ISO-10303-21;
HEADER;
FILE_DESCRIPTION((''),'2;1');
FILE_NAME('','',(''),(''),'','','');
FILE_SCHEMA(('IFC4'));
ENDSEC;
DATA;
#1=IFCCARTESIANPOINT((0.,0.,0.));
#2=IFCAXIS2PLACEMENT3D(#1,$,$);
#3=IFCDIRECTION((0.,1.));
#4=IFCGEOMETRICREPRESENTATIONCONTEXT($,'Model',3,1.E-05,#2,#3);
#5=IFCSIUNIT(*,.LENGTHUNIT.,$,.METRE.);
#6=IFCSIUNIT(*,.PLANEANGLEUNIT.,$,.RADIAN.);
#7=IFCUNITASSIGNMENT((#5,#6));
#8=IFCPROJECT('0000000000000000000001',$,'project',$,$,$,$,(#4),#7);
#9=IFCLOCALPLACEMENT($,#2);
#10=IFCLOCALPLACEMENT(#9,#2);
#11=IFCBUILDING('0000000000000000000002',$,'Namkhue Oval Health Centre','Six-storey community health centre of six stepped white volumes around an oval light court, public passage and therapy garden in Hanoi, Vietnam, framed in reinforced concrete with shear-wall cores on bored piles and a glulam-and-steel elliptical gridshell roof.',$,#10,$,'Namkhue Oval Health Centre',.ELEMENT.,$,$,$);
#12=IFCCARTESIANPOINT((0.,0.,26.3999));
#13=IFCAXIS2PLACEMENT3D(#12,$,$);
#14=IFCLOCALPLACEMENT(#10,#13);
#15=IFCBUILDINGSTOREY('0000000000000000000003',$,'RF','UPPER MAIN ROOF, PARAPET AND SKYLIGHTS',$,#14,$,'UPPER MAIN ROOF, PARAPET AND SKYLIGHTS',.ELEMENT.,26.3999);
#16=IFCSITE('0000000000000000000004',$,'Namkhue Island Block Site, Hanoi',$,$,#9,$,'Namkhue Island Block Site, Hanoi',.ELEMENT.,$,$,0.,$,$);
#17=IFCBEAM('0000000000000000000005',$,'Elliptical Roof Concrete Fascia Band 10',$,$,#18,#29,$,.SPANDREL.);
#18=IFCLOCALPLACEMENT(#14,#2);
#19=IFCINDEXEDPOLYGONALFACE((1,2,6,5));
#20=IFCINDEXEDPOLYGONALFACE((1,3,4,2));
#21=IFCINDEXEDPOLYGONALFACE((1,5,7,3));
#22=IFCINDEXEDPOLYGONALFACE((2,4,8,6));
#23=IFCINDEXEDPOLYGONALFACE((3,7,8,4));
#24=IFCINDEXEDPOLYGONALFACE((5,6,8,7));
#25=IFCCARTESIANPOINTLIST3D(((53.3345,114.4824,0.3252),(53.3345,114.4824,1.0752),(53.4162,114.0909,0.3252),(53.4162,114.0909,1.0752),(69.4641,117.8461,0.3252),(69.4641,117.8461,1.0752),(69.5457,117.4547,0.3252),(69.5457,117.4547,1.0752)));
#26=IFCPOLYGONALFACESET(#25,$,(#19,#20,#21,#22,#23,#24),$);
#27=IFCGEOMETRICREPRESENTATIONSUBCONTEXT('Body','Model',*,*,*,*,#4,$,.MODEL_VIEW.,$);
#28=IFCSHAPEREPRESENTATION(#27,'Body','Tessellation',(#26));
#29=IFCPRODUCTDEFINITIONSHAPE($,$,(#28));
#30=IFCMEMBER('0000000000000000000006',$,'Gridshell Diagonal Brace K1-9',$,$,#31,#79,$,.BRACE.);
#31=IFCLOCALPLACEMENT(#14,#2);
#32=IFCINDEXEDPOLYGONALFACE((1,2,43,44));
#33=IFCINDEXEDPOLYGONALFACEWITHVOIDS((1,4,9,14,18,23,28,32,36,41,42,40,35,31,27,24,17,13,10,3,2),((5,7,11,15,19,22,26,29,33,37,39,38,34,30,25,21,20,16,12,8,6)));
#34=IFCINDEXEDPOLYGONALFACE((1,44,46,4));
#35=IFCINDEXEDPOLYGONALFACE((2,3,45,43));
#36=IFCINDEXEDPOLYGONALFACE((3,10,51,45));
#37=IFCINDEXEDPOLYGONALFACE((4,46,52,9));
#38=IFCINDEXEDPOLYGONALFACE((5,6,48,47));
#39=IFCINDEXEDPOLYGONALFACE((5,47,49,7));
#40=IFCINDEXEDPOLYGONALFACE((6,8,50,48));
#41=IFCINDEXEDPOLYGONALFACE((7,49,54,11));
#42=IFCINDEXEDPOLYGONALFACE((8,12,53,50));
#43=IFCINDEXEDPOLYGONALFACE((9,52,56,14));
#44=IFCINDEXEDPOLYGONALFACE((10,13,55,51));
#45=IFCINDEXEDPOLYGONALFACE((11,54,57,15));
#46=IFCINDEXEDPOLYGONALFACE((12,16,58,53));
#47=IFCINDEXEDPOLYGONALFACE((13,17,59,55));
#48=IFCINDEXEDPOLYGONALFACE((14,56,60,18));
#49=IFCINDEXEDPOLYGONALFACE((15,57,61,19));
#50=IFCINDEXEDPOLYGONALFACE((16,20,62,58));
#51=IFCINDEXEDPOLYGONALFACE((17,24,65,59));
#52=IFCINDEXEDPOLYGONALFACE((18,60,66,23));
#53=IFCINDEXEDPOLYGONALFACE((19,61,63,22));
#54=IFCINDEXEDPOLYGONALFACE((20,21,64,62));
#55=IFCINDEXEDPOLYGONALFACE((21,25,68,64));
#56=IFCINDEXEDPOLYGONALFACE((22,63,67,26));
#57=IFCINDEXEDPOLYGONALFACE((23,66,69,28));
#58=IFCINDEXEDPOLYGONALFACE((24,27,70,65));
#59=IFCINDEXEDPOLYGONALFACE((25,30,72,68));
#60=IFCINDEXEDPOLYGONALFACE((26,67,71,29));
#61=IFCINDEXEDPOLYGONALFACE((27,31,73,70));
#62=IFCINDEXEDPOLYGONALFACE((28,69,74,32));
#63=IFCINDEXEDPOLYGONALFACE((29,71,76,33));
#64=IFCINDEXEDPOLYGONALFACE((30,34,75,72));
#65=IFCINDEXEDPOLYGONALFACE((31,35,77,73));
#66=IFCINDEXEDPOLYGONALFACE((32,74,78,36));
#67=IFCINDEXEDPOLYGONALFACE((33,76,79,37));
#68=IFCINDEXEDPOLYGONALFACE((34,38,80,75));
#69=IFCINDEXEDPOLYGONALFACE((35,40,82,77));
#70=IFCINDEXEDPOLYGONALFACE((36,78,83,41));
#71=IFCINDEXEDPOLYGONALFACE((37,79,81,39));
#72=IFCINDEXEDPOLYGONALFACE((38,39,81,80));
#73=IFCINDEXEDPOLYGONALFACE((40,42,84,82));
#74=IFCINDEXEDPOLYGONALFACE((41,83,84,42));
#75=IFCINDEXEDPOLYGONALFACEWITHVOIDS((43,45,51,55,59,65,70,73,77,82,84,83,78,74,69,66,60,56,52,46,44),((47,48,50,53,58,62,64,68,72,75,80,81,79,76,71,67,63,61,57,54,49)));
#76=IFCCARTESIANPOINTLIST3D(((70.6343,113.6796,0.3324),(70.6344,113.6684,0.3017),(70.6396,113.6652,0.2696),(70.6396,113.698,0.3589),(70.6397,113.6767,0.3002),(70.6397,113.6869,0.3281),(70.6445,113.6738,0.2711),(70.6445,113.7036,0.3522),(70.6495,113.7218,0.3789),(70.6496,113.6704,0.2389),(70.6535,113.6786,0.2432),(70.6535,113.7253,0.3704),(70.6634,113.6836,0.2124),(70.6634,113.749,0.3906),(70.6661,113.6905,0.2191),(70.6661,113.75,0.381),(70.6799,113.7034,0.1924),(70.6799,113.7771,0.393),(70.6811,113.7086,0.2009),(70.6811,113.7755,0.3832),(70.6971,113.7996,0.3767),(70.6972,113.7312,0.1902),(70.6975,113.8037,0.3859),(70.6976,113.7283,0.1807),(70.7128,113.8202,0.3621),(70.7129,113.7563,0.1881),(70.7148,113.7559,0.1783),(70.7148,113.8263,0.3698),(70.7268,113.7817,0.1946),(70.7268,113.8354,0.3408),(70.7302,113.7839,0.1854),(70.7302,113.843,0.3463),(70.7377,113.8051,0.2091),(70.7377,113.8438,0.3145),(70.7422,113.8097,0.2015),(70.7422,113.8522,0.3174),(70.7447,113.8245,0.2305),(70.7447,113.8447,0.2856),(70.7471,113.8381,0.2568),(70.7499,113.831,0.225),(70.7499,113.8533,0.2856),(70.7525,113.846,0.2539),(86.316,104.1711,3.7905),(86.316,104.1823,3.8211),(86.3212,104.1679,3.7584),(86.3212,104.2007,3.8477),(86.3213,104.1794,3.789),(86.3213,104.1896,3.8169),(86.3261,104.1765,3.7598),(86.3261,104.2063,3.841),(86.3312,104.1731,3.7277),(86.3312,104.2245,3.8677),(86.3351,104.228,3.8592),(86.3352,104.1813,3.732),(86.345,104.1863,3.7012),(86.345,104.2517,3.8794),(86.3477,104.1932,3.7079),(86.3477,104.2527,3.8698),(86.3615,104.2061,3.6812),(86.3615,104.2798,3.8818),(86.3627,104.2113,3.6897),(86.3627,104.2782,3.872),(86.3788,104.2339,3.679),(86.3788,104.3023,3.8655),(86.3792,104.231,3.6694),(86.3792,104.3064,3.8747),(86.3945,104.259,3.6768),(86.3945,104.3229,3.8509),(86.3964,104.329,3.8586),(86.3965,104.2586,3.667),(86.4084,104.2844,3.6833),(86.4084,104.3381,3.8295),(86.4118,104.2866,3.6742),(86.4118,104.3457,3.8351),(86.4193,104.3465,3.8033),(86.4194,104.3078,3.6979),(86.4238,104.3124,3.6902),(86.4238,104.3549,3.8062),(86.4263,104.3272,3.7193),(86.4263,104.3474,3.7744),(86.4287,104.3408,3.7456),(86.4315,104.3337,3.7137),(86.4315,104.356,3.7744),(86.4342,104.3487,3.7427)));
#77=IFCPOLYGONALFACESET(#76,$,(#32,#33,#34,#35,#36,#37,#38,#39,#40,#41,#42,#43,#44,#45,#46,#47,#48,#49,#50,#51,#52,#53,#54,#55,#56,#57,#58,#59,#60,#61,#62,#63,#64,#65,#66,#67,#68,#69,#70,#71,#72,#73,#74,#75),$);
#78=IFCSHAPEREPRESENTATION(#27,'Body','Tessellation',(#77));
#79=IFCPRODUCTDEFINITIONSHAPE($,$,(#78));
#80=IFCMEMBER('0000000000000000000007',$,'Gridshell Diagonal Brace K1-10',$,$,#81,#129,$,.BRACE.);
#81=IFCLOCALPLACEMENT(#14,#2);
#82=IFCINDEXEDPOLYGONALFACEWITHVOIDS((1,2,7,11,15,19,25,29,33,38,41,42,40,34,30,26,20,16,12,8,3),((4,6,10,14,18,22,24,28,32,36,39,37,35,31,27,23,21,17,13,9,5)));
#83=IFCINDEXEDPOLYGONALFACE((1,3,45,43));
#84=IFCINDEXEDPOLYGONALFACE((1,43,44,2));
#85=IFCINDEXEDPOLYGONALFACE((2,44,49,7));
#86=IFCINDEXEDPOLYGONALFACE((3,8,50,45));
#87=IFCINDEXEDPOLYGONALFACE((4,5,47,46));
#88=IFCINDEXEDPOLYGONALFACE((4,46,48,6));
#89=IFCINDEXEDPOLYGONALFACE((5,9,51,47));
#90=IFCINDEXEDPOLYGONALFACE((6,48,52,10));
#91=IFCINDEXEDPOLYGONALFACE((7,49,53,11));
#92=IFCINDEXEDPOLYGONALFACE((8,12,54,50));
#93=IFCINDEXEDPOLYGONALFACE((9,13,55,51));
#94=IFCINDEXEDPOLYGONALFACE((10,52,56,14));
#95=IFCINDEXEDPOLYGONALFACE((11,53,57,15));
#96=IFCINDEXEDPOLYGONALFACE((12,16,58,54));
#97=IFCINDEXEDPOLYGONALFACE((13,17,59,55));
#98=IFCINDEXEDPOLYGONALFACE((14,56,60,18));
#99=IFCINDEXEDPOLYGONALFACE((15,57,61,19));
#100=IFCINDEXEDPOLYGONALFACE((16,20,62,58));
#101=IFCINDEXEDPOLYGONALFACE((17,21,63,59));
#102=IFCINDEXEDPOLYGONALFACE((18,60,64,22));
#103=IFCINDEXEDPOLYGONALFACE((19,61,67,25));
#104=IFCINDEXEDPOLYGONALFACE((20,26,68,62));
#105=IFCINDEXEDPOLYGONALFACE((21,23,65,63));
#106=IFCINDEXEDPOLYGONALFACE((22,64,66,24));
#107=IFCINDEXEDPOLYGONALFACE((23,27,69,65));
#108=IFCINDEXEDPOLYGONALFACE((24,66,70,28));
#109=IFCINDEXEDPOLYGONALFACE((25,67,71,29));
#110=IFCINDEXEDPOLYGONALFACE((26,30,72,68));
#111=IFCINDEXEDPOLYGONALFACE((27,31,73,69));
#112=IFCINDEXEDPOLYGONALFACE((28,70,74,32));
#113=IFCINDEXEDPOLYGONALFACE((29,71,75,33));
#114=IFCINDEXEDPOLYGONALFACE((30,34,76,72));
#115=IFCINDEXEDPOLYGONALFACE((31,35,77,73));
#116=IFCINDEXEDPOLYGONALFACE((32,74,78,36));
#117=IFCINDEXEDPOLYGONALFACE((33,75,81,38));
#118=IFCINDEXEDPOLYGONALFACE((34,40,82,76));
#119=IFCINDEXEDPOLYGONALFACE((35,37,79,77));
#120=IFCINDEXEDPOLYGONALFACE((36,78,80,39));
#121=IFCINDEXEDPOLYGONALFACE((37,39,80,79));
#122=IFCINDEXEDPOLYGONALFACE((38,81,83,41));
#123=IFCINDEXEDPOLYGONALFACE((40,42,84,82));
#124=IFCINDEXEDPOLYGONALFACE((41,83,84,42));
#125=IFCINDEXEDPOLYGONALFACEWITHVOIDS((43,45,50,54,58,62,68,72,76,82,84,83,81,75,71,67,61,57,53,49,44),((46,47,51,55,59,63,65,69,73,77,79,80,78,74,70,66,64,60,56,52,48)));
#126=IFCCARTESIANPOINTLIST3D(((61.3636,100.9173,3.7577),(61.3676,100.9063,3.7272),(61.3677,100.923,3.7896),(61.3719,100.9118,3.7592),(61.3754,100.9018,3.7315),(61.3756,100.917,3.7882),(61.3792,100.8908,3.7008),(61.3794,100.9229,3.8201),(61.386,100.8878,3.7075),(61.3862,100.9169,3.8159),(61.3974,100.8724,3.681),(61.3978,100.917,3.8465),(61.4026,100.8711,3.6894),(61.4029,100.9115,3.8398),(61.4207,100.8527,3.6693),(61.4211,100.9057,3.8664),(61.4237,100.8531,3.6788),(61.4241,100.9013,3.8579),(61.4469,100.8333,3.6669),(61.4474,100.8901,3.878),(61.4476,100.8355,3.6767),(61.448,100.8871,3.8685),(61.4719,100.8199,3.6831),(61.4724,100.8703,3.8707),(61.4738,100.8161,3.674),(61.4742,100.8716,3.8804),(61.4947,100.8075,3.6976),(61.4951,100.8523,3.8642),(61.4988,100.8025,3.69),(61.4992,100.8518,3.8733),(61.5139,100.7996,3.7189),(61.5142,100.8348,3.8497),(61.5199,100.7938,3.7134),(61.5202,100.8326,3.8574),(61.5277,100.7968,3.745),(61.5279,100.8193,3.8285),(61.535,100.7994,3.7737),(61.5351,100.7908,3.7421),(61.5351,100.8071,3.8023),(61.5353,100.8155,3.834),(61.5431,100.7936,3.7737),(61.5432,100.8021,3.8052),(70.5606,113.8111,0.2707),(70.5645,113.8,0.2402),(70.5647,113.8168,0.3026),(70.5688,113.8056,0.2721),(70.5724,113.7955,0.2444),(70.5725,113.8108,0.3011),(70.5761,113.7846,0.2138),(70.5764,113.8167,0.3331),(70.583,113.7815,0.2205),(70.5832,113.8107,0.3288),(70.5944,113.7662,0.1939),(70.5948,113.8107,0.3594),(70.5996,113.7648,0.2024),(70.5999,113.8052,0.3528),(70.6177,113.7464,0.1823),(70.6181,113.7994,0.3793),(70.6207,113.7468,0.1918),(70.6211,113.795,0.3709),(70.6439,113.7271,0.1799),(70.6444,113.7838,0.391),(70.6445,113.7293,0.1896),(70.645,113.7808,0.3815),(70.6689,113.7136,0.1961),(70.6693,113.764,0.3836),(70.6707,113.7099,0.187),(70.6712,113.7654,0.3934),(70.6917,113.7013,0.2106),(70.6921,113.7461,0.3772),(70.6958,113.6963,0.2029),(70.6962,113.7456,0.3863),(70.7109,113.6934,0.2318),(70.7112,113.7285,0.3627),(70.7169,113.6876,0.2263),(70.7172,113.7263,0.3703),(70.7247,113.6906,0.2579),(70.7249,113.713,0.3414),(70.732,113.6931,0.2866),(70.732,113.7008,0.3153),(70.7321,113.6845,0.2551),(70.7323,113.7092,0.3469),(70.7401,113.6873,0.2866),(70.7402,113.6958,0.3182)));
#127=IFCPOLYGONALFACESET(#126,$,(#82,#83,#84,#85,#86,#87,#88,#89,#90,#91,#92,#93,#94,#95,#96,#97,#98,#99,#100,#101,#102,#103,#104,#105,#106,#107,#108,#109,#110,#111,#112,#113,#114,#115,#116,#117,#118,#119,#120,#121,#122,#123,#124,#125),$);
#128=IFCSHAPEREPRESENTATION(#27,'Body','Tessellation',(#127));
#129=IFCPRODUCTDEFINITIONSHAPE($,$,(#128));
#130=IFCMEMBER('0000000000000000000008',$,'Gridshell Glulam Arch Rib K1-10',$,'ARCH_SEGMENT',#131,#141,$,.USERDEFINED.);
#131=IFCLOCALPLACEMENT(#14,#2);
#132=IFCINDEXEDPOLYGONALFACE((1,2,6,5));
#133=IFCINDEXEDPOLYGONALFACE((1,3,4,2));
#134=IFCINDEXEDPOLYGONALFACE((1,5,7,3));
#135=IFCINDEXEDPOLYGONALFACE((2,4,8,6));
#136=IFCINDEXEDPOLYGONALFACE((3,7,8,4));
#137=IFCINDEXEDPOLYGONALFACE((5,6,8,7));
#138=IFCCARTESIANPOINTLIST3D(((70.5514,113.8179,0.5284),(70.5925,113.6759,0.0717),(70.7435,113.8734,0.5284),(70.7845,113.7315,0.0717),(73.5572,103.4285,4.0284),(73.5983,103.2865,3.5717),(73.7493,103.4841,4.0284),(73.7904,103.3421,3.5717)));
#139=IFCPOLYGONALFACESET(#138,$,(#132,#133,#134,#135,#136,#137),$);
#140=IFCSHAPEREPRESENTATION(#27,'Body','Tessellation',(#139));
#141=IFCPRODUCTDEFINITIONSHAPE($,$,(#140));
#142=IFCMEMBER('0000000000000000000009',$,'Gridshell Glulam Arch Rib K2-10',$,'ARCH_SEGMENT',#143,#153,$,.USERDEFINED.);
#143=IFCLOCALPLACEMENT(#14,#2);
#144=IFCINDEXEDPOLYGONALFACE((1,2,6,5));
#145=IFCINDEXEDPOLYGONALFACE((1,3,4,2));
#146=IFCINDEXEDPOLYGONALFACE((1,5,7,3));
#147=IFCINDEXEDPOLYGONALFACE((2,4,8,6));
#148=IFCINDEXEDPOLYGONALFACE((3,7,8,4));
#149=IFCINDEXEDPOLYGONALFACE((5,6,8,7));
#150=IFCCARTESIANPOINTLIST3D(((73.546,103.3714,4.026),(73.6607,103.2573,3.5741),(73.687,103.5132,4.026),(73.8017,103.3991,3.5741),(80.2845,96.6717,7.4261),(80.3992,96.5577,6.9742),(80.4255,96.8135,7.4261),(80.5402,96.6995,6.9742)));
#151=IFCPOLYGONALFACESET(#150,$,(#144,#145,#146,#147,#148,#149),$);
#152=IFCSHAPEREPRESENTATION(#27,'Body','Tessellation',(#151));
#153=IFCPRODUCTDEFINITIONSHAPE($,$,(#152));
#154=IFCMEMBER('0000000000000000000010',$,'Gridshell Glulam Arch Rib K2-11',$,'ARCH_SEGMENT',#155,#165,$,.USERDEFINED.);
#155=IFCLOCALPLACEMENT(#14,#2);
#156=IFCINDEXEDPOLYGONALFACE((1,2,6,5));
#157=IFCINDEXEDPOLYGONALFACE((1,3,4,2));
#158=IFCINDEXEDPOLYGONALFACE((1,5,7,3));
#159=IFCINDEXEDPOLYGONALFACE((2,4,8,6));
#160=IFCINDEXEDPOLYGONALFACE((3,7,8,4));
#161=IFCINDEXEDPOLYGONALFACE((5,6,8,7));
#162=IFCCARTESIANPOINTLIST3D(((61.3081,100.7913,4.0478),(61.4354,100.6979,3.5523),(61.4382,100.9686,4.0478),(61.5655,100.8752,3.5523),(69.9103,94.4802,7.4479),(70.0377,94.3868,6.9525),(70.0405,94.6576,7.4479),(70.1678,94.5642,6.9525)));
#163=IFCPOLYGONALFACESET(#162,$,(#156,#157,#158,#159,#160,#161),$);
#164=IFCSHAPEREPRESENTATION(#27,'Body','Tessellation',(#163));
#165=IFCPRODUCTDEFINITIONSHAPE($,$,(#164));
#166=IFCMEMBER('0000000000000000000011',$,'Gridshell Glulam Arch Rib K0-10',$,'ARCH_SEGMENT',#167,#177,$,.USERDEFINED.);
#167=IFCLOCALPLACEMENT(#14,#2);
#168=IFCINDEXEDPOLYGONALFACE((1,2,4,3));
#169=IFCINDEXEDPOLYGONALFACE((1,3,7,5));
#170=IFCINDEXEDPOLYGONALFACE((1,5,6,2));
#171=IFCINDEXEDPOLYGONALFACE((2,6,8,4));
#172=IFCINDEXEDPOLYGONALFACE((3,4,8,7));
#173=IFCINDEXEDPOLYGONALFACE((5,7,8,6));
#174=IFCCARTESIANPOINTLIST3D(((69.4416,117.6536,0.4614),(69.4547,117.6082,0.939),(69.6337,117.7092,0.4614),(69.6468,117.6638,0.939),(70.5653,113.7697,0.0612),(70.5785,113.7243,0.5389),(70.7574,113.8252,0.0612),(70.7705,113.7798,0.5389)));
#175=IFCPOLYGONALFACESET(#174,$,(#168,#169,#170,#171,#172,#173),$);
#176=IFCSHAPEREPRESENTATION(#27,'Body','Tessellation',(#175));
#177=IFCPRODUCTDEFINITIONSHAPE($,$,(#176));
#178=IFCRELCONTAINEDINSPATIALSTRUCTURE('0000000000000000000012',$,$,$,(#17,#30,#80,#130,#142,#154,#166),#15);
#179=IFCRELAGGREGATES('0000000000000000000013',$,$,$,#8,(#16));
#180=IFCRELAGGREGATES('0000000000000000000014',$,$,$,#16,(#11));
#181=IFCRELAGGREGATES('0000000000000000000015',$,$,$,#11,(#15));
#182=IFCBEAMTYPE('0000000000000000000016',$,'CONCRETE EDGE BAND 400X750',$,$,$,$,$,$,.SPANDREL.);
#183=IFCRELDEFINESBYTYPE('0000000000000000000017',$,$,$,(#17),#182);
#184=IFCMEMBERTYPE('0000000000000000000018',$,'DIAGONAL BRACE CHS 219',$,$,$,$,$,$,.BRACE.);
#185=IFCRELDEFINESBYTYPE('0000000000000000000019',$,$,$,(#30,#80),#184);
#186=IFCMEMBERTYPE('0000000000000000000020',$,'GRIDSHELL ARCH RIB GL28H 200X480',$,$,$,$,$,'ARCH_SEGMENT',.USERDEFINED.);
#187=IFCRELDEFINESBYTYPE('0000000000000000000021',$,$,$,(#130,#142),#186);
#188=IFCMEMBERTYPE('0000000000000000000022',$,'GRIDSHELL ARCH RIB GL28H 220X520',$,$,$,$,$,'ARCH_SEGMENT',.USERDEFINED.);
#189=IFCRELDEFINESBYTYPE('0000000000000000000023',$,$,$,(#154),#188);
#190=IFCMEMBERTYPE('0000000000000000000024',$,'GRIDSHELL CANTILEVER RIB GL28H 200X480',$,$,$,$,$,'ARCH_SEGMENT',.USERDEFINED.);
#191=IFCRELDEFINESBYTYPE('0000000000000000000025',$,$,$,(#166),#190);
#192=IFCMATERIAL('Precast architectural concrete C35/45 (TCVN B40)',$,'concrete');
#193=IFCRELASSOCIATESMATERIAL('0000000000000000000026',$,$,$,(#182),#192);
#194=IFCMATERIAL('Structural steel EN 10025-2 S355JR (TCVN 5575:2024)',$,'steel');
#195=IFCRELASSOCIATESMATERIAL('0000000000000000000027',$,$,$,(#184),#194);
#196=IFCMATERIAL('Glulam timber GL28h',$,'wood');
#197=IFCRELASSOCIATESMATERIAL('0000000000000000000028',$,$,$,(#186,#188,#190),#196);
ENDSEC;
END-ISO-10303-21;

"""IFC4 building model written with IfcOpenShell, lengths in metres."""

from ifc_helpers import new_model, si_unit, direction, frame, origin, origin_2d, place, context, subcontext, project, spatial, rectangle, hollow_circle, extrude, material, material_profile, profile_set, type_object, element, save


model = new_model("IFC4")

# Units and contexts
model_context = context("Model", 3, precision=1e-05, world=origin(), true_north=direction((0.0, 1.0)))
body_context = subcontext(model_context, "Body", "Model", "MODEL_VIEW")
ifc_project = project(units=[si_unit("LENGTHUNIT", "METRE"), si_unit("PLANEANGLEUNIT", "RADIAN")], contexts=[model_context])

# Site, building, storey
site_placement = place(None, origin())
site = spatial("IfcSite", under=ifc_project, at=site_placement, Name="Namkhue Island Block Site, Hanoi", LongName="Namkhue Island Block Site, Hanoi", CompositionType="ELEMENT", RefElevation=0.0)
building_placement = place(site_placement, origin())
building = spatial("IfcBuilding", under=site, at=building_placement, Name="Namkhue Oval Health Centre", Description="Six-storey community health centre of six stepped white volumes around an oval light court, public passage and therapy garden in Hanoi, Vietnam, framed in reinforced concrete with shear-wall cores on bored piles and a glulam-and-steel elliptical gridshell roof.", LongName="Namkhue Oval Health Centre", CompositionType="ELEMENT")
storey_placement = place(building_placement, frame((0.0, 0.0, 26.3999)))
storey = spatial("IfcBuildingStorey", under=building, at=storey_placement, Name="RF", Description="UPPER MAIN ROOF, PARAPET AND SKYLIGHTS", LongName="UPPER MAIN ROOF, PARAPET AND SKYLIGHTS", CompositionType="ELEMENT", Elevation=26.3999)

# Beam
ifc_material_1 = material(Name="Precast architectural concrete C35/45 (TCVN B40)", Category="concrete")
ifc_material_profile_1 = material_profile(ifc_material_1, rectangle(XDim=0.3999, YDim=0.75, at=origin_2d()), Name="RC 400x750")
ifc_profile_set_1 = profile_set([ifc_material_profile_1], Name="Precast architectural concrete C35/45 (TCVN B40)")
beam_type = type_object("IfcBeamType", Name="CONCRETE EDGE BAND 400X750", PredefinedType="SPANDREL", material=ifc_profile_set_1)
beam_placement = place(storey_placement, frame((69.5049, 117.6504, 0.7002), z_axis=(-0.978939, -0.204154, 0.0), x_axis=(0.204154, -0.978939, 0.0)))
element("IfcBeam", 1, at=beam_placement, inside=storey, type_object=beam_type, Name="Elliptical Roof Concrete Fascia Band 10", PredefinedType="SPANDREL", context=body_context, shape_type="SweptSolid", body=[
    extrude(rectangle(XDim=0.3999, YDim=0.75, at=origin_2d()), origin(), (0.0, 0.0, 1.0), 16.4766),
])

# Members
ifc_material_2 = material(Name="Structural steel EN 10025-2 S355JR (TCVN 5575:2024)", Category="steel")
ifc_material_profile_2 = material_profile(ifc_material_2, hollow_circle(Radius=0.1096, WallThickness=0.01, at=origin_2d()), Name="CHS 219.1x10")
ifc_profile_set_2 = profile_set([ifc_material_profile_2], Name="Structural steel EN 10025-2 S355JR (TCVN 5575:2024)")
member_type_1 = type_object("IfcMemberType", Name="DIAGONAL BRACE CHS 219", PredefinedType="BRACE", material=ifc_profile_set_2)
member_1_placement = place(storey_placement, frame((70.6931, 113.7595, 0.2856), z_axis=(0.840281, -0.508902, 0.186941), x_axis=(0.518034, 0.85536, 0.0)))
element("IfcMember", 2, at=member_1_placement, inside=storey, type_object=member_type_1, Name="Gridshell Diagonal Brace K1-9", PredefinedType="BRACE", context=body_context, shape_type="SweptSolid", body=[
    extrude(hollow_circle(Radius=0.1096, WallThickness=0.01, at=origin_2d()), origin(), (0.0, 0.0, 1.0), 18.6624),
])
member_2_placement = place(storey_placement, frame((70.6509, 113.751, 0.2866), z_axis=(-0.567118, -0.795073, 0.215023), x_axis=(0.814117, -0.580701, 0.0)))
element("IfcMember", 3, at=member_2_placement, inside=storey, type_object=member_type_1, Name="Gridshell Diagonal Brace K1-10", PredefinedType="BRACE", context=body_context, shape_type="SweptSolid", body=[
    extrude(hollow_circle(Radius=0.1096, WallThickness=0.01, at=origin_2d()), origin(), (0.0, 0.0, 1.0), 16.217),
])
ifc_material_3 = material(Name="Glulam timber GL28h", Category="wood")
ifc_material_profile_3 = material_profile(ifc_material_3, rectangle(XDim=0.2, YDim=0.48, at=origin_2d()), Name="GL28h 200x480")
ifc_profile_set_3 = profile_set([ifc_material_profile_3], Name="Glulam timber GL28h")
member_type_2 = type_object("IfcMemberType", Name="GRIDSHELL ARCH RIB GL28H 200X480", ElementType="ARCH_SEGMENT", PredefinedType="USERDEFINED", material=ifc_profile_set_3)
member_3_placement = place(storey_placement, frame((70.668, 113.7747, 0.3), z_axis=(0.264421, -0.91394, 0.30789), x_axis=(0.960604, 0.277922, 0.0)))
element("IfcMember", 4, at=member_3_placement, inside=storey, type_object=member_type_2, Name="Gridshell Glulam Arch Rib K1-10", ObjectType="ARCH_SEGMENT", PredefinedType="USERDEFINED", context=body_context, shape_type="SweptSolid", body=[
    extrude(rectangle(XDim=0.2, YDim=0.48, at=origin_2d()), origin(), (0.0, 0.0, 1.0), 11.3677),
])
member_4_placement = place(storey_placement, frame((73.6738, 103.3853, 3.8), z_axis=(0.667689, -0.663843, 0.336905), x_axis=(0.705061, 0.709146, 0.0)))
element("IfcMember", 5, at=member_4_placement, inside=storey, type_object=member_type_2, Name="Gridshell Glulam Arch Rib K2-10", ObjectType="ARCH_SEGMENT", PredefinedType="USERDEFINED", context=body_context, shape_type="SweptSolid", body=[
    extrude(rectangle(XDim=0.2, YDim=0.48, at=origin_2d()), origin(), (0.0, 0.0, 1.0), 10.0923),
])
ifc_material_profile_4 = material_profile(ifc_material_3, rectangle(XDim=0.22, YDim=0.52, at=origin_2d()), Name="GL28h 220x520")
ifc_profile_set_4 = profile_set([ifc_material_profile_4], Name="Glulam timber GL28h")
member_type_3 = type_object("IfcMemberType", Name="GRIDSHELL ARCH RIB GL28H 220X520", ElementType="ARCH_SEGMENT", PredefinedType="USERDEFINED", material=ifc_profile_set_4)
member_5_placement = place(storey_placement, frame((61.4368, 100.8333, 3.8), z_axis=(0.768216, -0.563598, 0.303645), x_axis=(0.591527, 0.806285, 0.0)))
element("IfcMember", 6, at=member_5_placement, inside=storey, type_object=member_type_3, Name="Gridshell Glulam Arch Rib K2-11", ObjectType="ARCH_SEGMENT", PredefinedType="USERDEFINED", context=body_context, shape_type="SweptSolid", body=[
    extrude(rectangle(XDim=0.22, YDim=0.52, at=origin_2d()), origin(), (0.0, 0.0, 1.0), 11.1978),
])
ifc_material_profile_5 = material_profile(ifc_material_3, rectangle(XDim=0.2, YDim=0.48, at=origin_2d()), Name="GL28h 200x480")
ifc_profile_set_5 = profile_set([ifc_material_profile_5], Name="Glulam timber GL28h")
member_type_4 = type_object("IfcMemberType", Name="GRIDSHELL CANTILEVER RIB GL28H 200X480", ElementType="ARCH_SEGMENT", PredefinedType="USERDEFINED", material=ifc_profile_set_5)
member_6_placement = place(storey_placement, frame((69.5442, 117.6587, 0.7002), z_axis=(0.276582, -0.955931, -0.098483), x_axis=(0.9606, 0.277933, 0.0)))
element("IfcMember", 7, at=member_6_placement, inside=storey, type_object=member_type_4, Name="Gridshell Glulam Arch Rib K0-10", ObjectType="ARCH_SEGMENT", PredefinedType="USERDEFINED", context=body_context, shape_type="SweptSolid", body=[
    extrude(rectangle(XDim=0.2, YDim=0.48, at=origin_2d()), origin(), (0.0, 0.0, 1.0), 4.063),
])

save(model, "model.ifc")
